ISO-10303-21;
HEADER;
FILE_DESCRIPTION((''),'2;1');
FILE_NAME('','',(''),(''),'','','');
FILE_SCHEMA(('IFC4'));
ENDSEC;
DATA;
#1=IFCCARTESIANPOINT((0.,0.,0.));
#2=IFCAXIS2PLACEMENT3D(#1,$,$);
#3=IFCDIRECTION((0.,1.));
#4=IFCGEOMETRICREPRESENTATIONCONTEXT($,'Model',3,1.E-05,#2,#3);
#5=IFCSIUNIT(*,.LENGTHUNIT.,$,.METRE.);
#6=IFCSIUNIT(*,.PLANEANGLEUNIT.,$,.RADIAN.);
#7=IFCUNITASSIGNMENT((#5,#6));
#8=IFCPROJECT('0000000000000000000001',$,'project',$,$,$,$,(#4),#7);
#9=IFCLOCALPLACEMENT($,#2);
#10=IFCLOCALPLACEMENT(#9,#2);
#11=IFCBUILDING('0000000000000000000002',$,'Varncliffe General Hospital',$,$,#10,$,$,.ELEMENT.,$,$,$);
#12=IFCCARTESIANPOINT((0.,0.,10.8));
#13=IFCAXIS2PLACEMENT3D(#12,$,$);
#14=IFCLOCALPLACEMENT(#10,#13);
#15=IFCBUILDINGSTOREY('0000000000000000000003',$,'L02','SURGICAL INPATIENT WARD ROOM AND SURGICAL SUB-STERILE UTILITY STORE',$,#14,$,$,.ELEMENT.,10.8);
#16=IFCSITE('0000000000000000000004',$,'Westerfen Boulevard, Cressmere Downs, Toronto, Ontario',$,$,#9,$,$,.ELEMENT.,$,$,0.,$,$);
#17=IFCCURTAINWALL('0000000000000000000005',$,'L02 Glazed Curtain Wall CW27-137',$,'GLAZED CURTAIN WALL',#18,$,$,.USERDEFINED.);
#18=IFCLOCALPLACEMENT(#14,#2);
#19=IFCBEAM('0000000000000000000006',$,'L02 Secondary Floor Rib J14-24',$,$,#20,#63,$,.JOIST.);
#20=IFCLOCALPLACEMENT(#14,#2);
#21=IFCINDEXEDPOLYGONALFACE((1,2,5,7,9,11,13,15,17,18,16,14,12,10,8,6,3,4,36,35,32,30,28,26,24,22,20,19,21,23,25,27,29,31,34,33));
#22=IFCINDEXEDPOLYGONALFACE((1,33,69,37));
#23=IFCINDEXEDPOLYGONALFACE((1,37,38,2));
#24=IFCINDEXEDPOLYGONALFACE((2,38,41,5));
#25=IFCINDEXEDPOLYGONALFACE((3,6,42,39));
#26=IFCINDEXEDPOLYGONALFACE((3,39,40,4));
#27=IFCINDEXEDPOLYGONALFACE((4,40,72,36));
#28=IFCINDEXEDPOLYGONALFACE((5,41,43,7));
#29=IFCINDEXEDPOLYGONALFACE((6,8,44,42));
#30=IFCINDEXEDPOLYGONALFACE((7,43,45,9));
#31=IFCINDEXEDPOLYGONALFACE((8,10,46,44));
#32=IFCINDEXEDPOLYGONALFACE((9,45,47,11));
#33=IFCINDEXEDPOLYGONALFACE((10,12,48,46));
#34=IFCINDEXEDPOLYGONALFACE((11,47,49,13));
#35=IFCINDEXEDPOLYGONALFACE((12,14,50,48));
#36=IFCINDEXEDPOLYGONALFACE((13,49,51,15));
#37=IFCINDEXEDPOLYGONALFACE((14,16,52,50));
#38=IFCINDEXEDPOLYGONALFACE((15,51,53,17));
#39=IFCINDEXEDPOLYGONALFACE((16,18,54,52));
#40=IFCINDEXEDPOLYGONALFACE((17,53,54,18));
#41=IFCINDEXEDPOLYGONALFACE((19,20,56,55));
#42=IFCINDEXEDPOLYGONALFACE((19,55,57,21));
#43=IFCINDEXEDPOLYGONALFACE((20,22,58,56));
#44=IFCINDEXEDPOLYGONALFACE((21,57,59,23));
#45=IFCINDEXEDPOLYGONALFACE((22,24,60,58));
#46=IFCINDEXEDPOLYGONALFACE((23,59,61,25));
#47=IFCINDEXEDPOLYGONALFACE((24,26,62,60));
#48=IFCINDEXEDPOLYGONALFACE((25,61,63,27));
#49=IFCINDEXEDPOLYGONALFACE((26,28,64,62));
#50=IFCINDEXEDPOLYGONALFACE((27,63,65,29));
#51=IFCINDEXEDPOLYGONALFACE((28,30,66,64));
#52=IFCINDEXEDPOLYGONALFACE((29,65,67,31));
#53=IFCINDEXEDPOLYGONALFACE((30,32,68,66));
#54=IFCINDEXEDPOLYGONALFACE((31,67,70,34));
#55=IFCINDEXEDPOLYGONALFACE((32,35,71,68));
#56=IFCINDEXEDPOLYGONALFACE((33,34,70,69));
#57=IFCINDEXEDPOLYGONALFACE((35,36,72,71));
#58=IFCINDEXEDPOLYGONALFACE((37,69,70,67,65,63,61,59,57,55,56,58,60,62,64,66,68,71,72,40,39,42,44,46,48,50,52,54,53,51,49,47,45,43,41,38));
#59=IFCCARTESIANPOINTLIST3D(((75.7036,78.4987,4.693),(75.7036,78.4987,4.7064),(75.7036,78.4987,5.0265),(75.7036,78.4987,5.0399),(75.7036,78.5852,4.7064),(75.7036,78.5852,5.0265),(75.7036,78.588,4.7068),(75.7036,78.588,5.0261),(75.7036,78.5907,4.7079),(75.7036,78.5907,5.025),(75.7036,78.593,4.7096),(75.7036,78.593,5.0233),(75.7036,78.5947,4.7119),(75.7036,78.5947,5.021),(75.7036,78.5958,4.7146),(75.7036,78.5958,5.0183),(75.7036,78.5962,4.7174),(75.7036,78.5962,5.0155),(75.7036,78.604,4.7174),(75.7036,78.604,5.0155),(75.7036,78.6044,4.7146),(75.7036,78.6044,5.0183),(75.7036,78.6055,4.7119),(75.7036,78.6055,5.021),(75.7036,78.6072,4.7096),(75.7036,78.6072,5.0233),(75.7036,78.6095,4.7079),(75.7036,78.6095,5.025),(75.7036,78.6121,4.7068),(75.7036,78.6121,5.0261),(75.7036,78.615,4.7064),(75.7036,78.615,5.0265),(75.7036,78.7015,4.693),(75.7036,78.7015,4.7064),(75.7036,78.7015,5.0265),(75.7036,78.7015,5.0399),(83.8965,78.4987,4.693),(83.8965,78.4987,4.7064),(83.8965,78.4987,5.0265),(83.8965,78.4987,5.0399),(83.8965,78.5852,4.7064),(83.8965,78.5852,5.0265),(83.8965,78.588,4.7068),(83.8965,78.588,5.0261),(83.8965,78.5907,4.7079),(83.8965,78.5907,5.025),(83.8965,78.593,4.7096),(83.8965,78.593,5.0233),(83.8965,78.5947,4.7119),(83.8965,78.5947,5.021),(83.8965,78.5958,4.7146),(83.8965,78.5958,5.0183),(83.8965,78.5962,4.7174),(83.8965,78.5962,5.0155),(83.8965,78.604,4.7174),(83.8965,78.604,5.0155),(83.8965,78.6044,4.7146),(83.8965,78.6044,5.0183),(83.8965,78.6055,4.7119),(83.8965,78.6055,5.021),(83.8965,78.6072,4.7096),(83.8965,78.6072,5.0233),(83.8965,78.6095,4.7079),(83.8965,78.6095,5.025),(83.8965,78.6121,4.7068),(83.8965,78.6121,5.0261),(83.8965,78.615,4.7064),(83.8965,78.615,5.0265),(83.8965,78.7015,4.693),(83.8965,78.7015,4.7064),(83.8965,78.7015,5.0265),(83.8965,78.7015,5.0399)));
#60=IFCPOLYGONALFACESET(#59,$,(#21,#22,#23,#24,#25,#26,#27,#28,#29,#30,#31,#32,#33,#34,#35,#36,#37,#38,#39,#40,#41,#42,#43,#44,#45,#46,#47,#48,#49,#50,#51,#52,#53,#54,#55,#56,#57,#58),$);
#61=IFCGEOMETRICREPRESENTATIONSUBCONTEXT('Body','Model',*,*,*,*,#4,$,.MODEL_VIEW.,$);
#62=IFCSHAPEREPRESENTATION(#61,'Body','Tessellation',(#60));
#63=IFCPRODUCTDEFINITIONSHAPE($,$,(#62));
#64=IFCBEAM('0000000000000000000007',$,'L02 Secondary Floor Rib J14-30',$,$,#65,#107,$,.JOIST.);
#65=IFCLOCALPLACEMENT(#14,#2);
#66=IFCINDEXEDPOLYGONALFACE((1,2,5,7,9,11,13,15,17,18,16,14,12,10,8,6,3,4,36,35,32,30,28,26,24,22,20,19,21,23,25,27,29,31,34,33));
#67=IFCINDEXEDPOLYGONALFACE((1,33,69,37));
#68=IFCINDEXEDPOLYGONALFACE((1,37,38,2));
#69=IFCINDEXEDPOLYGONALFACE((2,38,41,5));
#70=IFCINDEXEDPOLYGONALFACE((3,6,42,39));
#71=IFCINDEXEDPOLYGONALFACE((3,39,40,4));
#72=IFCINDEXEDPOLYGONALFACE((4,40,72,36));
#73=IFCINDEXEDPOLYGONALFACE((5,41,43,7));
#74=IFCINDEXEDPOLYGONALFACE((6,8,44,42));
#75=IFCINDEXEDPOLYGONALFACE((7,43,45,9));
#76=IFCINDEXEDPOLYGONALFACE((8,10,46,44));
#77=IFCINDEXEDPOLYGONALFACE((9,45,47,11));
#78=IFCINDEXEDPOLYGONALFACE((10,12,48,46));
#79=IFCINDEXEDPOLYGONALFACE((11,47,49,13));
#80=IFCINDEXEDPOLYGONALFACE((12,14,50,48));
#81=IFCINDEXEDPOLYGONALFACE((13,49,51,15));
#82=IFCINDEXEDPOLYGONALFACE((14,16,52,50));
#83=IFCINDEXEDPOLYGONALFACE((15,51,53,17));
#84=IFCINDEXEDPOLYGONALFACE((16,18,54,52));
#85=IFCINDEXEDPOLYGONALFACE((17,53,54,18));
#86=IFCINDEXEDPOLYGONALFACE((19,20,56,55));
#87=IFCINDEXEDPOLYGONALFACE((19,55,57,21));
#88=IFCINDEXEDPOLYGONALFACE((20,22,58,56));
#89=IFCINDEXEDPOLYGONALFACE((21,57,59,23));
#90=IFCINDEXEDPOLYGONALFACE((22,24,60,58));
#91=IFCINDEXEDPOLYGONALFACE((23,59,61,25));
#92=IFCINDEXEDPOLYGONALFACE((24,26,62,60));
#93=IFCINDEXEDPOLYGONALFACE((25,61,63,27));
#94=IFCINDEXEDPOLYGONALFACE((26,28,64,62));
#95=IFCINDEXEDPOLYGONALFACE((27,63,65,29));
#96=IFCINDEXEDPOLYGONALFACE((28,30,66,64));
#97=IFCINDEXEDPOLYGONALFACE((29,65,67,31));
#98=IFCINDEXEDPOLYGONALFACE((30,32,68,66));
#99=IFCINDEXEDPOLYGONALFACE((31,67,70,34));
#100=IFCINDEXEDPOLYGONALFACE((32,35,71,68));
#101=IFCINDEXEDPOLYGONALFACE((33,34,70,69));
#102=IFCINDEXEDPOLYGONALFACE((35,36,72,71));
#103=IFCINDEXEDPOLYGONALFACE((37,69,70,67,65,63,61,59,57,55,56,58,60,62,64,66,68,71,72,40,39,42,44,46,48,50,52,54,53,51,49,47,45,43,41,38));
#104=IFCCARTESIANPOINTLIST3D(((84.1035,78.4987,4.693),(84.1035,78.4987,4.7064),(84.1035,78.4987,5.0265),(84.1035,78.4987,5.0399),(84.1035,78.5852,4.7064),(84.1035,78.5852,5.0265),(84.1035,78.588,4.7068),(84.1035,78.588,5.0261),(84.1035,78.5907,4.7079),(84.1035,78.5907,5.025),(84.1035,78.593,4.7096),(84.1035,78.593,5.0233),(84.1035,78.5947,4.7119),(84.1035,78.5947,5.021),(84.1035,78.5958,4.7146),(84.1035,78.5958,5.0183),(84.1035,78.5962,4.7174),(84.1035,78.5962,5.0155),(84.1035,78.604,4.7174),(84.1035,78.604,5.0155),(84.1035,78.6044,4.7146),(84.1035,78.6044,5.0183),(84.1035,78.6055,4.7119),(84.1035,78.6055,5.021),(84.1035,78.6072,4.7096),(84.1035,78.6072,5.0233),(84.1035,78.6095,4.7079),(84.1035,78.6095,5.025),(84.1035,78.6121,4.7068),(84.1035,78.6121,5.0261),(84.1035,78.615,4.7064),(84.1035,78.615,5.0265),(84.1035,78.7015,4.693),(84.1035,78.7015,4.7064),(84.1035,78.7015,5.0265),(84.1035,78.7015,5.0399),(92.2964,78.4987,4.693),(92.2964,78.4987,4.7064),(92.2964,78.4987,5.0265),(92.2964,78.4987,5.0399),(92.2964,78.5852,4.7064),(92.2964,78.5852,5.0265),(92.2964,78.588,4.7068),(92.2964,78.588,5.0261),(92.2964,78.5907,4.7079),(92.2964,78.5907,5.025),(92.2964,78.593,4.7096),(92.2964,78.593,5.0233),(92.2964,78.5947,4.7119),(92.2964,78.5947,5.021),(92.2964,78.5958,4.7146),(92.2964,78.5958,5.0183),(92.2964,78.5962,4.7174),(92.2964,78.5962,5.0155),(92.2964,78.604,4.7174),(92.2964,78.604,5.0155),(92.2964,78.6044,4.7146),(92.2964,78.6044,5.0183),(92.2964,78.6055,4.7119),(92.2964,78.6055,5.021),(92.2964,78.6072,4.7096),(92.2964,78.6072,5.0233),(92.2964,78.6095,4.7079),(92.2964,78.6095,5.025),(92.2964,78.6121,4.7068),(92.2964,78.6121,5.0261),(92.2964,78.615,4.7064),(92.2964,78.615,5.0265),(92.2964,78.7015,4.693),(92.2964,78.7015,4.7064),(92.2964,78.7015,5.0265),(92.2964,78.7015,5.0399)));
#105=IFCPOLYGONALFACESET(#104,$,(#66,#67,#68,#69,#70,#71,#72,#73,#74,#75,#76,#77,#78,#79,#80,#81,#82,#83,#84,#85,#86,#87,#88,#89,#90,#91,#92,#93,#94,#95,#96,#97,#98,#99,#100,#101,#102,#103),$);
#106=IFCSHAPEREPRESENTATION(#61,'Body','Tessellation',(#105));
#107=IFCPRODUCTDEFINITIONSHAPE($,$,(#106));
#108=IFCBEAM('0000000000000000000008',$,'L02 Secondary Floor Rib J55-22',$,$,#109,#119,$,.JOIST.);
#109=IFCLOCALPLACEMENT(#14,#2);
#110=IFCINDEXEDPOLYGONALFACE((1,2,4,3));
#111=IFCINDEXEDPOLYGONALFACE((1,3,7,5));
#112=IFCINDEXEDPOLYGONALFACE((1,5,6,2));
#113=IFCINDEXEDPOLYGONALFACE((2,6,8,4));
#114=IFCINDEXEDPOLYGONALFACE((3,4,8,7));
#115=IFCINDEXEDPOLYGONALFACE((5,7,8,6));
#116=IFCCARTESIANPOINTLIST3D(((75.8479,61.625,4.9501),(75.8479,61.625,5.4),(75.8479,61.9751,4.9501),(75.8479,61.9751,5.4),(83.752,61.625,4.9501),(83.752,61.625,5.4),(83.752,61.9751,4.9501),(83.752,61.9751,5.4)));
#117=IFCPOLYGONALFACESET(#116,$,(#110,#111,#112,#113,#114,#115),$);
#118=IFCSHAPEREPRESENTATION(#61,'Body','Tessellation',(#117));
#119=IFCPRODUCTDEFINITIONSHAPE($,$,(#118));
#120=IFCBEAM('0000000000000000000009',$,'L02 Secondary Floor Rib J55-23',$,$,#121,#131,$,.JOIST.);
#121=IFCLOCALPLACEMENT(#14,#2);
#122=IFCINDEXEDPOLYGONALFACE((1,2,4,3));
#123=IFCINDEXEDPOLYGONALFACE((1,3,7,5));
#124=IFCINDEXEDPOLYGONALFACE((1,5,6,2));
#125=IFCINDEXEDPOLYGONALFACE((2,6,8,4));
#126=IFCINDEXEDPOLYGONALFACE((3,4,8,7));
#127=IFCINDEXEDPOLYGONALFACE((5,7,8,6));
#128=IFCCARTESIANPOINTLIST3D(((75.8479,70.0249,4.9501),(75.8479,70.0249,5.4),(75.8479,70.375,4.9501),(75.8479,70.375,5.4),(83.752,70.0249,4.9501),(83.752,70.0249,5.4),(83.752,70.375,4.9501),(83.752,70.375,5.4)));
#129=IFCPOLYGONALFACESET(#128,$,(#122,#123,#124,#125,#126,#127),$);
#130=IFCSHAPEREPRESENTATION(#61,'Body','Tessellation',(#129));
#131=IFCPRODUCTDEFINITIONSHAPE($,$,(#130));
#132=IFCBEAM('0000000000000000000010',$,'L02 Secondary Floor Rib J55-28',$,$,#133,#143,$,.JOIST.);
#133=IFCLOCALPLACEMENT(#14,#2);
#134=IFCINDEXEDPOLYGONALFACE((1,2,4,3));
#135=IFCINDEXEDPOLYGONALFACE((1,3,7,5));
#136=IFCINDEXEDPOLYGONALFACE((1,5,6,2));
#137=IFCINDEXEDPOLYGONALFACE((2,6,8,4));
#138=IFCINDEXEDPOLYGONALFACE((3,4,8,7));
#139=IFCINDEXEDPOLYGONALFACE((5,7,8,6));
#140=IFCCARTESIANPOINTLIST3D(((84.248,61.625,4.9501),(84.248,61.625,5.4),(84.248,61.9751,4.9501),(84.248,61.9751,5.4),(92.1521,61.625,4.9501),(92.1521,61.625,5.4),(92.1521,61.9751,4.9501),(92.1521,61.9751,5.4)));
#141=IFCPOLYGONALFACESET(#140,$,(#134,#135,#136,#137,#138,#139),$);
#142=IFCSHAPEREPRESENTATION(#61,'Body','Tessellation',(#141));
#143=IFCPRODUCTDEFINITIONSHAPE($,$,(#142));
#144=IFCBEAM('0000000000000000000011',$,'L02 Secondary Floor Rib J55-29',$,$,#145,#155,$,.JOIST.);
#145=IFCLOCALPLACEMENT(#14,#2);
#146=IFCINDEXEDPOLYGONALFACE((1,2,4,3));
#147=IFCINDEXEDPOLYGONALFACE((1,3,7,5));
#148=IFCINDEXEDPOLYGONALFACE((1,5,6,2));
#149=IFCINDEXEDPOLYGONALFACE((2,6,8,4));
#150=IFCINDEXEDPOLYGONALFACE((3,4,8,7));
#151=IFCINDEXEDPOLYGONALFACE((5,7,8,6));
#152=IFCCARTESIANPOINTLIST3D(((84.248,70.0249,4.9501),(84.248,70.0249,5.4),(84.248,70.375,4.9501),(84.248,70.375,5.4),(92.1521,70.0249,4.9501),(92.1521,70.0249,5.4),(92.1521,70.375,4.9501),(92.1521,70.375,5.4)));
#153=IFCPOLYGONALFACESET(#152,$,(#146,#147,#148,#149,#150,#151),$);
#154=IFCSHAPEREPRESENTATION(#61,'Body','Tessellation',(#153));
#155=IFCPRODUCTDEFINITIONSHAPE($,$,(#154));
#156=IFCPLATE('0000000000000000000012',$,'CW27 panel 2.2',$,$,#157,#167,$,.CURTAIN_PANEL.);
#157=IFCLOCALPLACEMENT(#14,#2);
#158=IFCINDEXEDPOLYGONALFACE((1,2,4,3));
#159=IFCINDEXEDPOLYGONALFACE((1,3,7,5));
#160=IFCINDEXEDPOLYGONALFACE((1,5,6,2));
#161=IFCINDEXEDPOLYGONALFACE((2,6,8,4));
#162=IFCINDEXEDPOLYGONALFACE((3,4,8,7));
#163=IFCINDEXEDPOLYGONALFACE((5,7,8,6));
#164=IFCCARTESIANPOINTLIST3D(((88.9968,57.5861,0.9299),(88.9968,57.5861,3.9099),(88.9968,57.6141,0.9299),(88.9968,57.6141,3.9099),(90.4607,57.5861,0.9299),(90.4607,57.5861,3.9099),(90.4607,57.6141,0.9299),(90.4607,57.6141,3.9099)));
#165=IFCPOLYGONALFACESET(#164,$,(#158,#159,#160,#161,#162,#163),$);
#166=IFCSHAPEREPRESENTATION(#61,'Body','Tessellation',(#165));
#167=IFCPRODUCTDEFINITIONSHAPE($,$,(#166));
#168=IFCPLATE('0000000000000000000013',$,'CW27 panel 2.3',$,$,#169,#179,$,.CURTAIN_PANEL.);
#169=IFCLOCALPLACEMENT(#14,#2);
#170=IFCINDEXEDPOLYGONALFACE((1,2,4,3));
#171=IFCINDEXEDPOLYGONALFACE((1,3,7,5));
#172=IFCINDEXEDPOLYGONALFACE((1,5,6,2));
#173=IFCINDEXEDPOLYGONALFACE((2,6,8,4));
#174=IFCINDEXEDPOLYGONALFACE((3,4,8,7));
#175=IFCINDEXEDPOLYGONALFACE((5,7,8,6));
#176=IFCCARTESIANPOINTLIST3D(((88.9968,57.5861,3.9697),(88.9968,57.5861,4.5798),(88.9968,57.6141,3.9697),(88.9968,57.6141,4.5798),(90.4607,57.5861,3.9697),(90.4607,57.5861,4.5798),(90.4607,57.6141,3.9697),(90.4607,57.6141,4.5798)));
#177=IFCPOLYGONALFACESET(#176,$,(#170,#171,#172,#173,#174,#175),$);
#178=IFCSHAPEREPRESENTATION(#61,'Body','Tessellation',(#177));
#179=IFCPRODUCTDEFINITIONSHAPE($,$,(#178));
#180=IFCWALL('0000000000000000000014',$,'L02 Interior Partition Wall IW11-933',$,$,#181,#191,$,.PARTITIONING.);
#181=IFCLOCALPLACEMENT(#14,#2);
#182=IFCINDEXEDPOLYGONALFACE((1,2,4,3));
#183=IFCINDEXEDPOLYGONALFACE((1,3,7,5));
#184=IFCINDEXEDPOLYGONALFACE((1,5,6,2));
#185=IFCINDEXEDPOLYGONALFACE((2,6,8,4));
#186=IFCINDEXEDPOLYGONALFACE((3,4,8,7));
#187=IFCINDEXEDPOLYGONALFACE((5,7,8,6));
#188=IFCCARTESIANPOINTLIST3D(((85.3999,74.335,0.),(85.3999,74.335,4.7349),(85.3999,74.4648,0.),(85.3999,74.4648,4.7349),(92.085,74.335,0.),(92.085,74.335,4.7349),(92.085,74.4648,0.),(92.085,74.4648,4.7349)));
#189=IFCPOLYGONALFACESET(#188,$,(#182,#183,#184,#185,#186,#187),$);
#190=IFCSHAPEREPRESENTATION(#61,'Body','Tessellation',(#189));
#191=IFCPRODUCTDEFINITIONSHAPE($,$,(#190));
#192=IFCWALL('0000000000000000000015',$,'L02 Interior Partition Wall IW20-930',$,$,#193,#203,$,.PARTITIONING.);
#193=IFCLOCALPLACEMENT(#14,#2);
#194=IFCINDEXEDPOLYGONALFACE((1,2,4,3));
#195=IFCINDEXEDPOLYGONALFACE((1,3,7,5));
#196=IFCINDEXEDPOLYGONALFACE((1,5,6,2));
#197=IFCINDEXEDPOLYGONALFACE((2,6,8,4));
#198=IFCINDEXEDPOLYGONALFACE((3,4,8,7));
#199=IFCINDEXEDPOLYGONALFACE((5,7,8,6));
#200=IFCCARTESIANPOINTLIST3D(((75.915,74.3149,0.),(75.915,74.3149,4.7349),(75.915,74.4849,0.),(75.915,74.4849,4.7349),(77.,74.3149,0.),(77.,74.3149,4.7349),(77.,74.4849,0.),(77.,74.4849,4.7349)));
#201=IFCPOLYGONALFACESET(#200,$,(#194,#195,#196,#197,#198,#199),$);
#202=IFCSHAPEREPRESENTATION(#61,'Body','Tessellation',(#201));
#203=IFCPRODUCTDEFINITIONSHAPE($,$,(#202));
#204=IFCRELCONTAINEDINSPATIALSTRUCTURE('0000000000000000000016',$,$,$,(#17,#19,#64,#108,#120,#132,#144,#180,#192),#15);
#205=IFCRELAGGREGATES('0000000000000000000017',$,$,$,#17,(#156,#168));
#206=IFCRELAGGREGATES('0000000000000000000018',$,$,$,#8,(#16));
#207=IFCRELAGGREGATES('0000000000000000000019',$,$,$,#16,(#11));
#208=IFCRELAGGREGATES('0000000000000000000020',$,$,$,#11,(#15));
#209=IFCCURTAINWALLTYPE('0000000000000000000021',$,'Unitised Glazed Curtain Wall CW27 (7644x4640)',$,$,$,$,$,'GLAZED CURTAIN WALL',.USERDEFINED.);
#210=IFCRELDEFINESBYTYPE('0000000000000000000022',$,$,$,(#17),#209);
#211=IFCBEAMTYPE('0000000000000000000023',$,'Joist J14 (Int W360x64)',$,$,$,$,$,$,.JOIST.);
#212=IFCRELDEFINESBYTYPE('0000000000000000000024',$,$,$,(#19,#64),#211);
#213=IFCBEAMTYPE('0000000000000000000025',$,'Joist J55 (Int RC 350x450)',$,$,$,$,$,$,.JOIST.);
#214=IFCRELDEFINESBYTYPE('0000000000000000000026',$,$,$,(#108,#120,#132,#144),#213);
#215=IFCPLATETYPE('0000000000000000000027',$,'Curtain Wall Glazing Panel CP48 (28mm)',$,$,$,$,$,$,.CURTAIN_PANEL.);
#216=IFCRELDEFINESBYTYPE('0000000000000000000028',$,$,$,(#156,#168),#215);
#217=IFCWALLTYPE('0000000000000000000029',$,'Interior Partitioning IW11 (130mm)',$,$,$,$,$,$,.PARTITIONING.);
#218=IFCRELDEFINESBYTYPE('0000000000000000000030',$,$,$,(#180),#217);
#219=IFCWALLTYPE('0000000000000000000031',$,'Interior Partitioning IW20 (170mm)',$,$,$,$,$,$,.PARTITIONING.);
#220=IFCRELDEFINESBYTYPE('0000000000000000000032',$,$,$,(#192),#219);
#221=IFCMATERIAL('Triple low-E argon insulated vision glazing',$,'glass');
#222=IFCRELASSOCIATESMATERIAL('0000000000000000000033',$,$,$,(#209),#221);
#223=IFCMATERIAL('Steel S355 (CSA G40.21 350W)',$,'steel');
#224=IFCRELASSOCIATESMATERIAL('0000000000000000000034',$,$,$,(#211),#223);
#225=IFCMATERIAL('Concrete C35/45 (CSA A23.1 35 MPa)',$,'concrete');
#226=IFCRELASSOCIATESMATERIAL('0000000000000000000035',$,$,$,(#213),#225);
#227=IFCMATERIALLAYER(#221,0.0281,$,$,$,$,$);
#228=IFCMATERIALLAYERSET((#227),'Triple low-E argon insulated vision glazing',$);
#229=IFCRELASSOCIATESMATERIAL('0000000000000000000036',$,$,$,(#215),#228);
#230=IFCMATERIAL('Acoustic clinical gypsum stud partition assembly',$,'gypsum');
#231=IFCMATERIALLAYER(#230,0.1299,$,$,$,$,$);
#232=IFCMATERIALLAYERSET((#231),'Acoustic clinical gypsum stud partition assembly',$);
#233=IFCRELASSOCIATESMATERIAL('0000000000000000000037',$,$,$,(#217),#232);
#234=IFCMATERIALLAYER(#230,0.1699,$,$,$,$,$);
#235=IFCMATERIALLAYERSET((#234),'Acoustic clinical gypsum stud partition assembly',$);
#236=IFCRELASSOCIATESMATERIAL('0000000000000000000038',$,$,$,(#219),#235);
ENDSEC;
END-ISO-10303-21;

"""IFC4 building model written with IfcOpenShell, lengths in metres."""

from ifc_helpers import new_model, si_unit, direction, frame, frame_2d, origin, origin_2d, place, context, subcontext, project, spatial, rectangle, i_section, extrude, material, layer, layer_set, material_profile, profile_set, type_object, element, aggregate, save


model = new_model("IFC4")

# Units and contexts
model_context = context("Model", 3, precision=1e-05, world=origin(), true_north=direction((0.0, 1.0)))
body_context = subcontext(model_context, "Body", "Model", "MODEL_VIEW")
ifc_project = project(units=[si_unit("LENGTHUNIT", "METRE"), si_unit("PLANEANGLEUNIT", "RADIAN")], contexts=[model_context])

# Site, building, storey
site_placement = place(None, origin())
site = spatial("IfcSite", under=ifc_project, at=site_placement, Name="Westerfen Boulevard, Cressmere Downs, Toronto, Ontario", CompositionType="ELEMENT", RefElevation=0.0)
building_placement = place(site_placement, origin())
building = spatial("IfcBuilding", under=site, at=building_placement, Name="Varncliffe General Hospital", CompositionType="ELEMENT")
storey_placement = place(building_placement, frame((0.0, 0.0, 10.8)))
storey = spatial("IfcBuildingStorey", under=building, at=storey_placement, Name="L02", Description="SURGICAL INPATIENT WARD ROOM AND SURGICAL SUB-STERILE UTILITY STORE", CompositionType="ELEMENT", Elevation=10.8)

# Shared definitions
ifc_material_1 = material(Name="Concrete C35/45 (CSA A23.1 35 MPa)", Category="concrete")
ifc_material_2 = material(Name="Steel S355 (CSA G40.21 350W)", Category="steel")

# Curtain wall
ifc_material_3 = material(Name="Triple low-E argon insulated vision glazing", Category="glass")
curtain_wall_type = type_object("IfcCurtainWallType", Name="Unitised Glazed Curtain Wall CW27 (7644x4640)", ElementType="GLAZED CURTAIN WALL", PredefinedType="USERDEFINED", material=ifc_material_3)
curtain_wall_placement = place(storey_placement, origin())
curtain_wall = element("IfcCurtainWall", 1, at=curtain_wall_placement, inside=storey, type_object=curtain_wall_type, Name="L02 Glazed Curtain Wall CW27-137", ObjectType="GLAZED CURTAIN WALL", PredefinedType="USERDEFINED")

# Beams
ifc_material_profile_1 = material_profile(ifc_material_2, i_section(OverallWidth=0.2029, OverallDepth=0.3469, WebThickness=0.0078, FlangeThickness=0.0134, FilletRadius=0.011, at=origin_2d()), Name="W360x64")
ifc_profile_set_1 = profile_set([ifc_material_profile_1], Name="Steel S355 (CSA G40.21 350W)")
beam_type_1 = type_object("IfcBeamType", Name="Joist J14 (Int W360x64)", PredefinedType="JOIST", material=ifc_profile_set_1)
for number, where, z_axis, x_axis, name in (
    (2, (75.7036, 78.6001, 4.8665), (1.0, 0.0, 0.0), (0.0, 1.0, 0.0), "L02 Secondary Floor Rib J14-24"),
    (3, (84.1035, 78.6001, 4.8665), (1.0, 0.0, 0.0), (0.0, 1.0, 0.0), "L02 Secondary Floor Rib J14-30"),
):
    element("IfcBeam", number, at=place(storey_placement, frame(where, z_axis=z_axis, x_axis=x_axis)), inside=storey, type_object=beam_type_1, Name=name, PredefinedType="JOIST", context=body_context, shape_type="SweptSolid", body=[
        extrude(i_section(OverallWidth=0.2029, OverallDepth=0.3469, WebThickness=0.0078, FlangeThickness=0.0134, FilletRadius=0.011, at=origin_2d()), origin(), (0.0, 0.0, 1.0), 8.1929),
    ])
ifc_material_profile_2 = material_profile(ifc_material_1, rectangle(XDim=0.3501, YDim=0.45, at=origin_2d()), Name="RC 350x450")
ifc_profile_set_2 = profile_set([ifc_material_profile_2], Name="Concrete C35/45 (CSA A23.1 35 MPa)")
beam_type_2 = type_object("IfcBeamType", Name="Joist J55 (Int RC 350x450)", PredefinedType="JOIST", material=ifc_profile_set_2)
for number, where, z_axis, x_axis, name in (
    (4, (75.8479, 61.8, 5.175), (1.0, 0.0, 0.0), (0.0, 1.0, 0.0), "L02 Secondary Floor Rib J55-22"),
    (5, (75.8479, 70.2, 5.175), (1.0, 0.0, 0.0), (0.0, 1.0, 0.0), "L02 Secondary Floor Rib J55-23"),
    (6, (84.248, 61.8, 5.175), (1.0, 0.0, 0.0), (0.0, 1.0, 0.0), "L02 Secondary Floor Rib J55-28"),
    (7, (84.248, 70.2, 5.175), (1.0, 0.0, 0.0), (0.0, 1.0, 0.0), "L02 Secondary Floor Rib J55-29"),
):
    element("IfcBeam", number, at=place(storey_placement, frame(where, z_axis=z_axis, x_axis=x_axis)), inside=storey, type_object=beam_type_2, Name=name, PredefinedType="JOIST", context=body_context, shape_type="SweptSolid", body=[
        extrude(rectangle(XDim=0.3501, YDim=0.45, at=origin_2d()), origin(), (0.0, 0.0, 1.0), 7.9041),
    ])

# Plates
ifc_layer_1 = layer(ifc_material_3, 0.0281)
ifc_layer_set_1 = layer_set([ifc_layer_1], Name="Triple low-E argon insulated vision glazing")
plate_type = type_object("IfcPlateType", Name="Curtain Wall Glazing Panel CP48 (28mm)", PredefinedType="CURTAIN_PANEL", material=ifc_layer_set_1)
plate_1_placement = place(storey_placement, frame((89.7288, 57.6001, 0.9299), z_axis=(0.0, 0.0, 1.0), x_axis=(-1.0, 0.0, 0.0)))
plate_1 = element("IfcPlate", 8, at=plate_1_placement, type_object=plate_type, Name="CW27 panel 2.2", PredefinedType="CURTAIN_PANEL", context=body_context, shape_type="SweptSolid", body=[
    extrude(rectangle(XDim=1.4639, YDim=0.0281, at=origin_2d()), origin(), (0.0, 0.0, 1.0), 2.98),
])
plate_2_placement = place(storey_placement, frame((89.7288, 57.6001, 3.9697), z_axis=(0.0, 0.0, 1.0), x_axis=(-1.0, 0.0, 0.0)))
plate_2 = element("IfcPlate", 9, at=plate_2_placement, type_object=plate_type, Name="CW27 panel 2.3", PredefinedType="CURTAIN_PANEL", context=body_context, shape_type="SweptSolid", body=[
    extrude(rectangle(XDim=1.4639, YDim=0.0281, at=origin_2d()), origin(), (0.0, 0.0, 1.0), 0.6101),
])
aggregate(curtain_wall, [plate_1, plate_2])

# Walls
ifc_material_4 = material(Name="Acoustic clinical gypsum stud partition assembly", Category="gypsum")
ifc_layer_2 = layer(ifc_material_4, 0.1299)
ifc_layer_set_2 = layer_set([ifc_layer_2], Name="Acoustic clinical gypsum stud partition assembly")
wall_type_1 = type_object("IfcWallType", Name="Interior Partitioning IW11 (130mm)", PredefinedType="PARTITIONING", material=ifc_layer_set_2)
wall_1_placement = place(storey_placement, frame((85.3999, 74.3999, 0.0), z_axis=(0.0, 0.0, 1.0), x_axis=(1.0, 0.0, 0.0)))
element("IfcWall", 10, at=wall_1_placement, inside=storey, type_object=wall_type_1, Name="L02 Interior Partition Wall IW11-933", PredefinedType="PARTITIONING", context=body_context, shape_type="SweptSolid", body=[
    extrude(rectangle(XDim=6.6851, YDim=0.1299, at=frame_2d((3.3425, 0.0))), origin(), (0.0, 0.0, 1.0), 4.7349),
])
ifc_layer_3 = layer(ifc_material_4, 0.1699)
ifc_layer_set_3 = layer_set([ifc_layer_3], Name="Acoustic clinical gypsum stud partition assembly")
wall_type_2 = type_object("IfcWallType", Name="Interior Partitioning IW20 (170mm)", PredefinedType="PARTITIONING", material=ifc_layer_set_3)
wall_2_placement = place(storey_placement, frame((75.915, 74.3999, 0.0), z_axis=(0.0, 0.0, 1.0), x_axis=(1.0, 0.0, 0.0)))
element("IfcWall", 11, at=wall_2_placement, inside=storey, type_object=wall_type_2, Name="L02 Interior Partition Wall IW20-930", PredefinedType="PARTITIONING", context=body_context, shape_type="SweptSolid", body=[
    extrude(rectangle(XDim=1.085, YDim=0.1699, at=frame_2d((0.5425, 0.0))), origin(), (0.0, 0.0, 1.0), 4.7349),
])

save(model, "model.ifc")
